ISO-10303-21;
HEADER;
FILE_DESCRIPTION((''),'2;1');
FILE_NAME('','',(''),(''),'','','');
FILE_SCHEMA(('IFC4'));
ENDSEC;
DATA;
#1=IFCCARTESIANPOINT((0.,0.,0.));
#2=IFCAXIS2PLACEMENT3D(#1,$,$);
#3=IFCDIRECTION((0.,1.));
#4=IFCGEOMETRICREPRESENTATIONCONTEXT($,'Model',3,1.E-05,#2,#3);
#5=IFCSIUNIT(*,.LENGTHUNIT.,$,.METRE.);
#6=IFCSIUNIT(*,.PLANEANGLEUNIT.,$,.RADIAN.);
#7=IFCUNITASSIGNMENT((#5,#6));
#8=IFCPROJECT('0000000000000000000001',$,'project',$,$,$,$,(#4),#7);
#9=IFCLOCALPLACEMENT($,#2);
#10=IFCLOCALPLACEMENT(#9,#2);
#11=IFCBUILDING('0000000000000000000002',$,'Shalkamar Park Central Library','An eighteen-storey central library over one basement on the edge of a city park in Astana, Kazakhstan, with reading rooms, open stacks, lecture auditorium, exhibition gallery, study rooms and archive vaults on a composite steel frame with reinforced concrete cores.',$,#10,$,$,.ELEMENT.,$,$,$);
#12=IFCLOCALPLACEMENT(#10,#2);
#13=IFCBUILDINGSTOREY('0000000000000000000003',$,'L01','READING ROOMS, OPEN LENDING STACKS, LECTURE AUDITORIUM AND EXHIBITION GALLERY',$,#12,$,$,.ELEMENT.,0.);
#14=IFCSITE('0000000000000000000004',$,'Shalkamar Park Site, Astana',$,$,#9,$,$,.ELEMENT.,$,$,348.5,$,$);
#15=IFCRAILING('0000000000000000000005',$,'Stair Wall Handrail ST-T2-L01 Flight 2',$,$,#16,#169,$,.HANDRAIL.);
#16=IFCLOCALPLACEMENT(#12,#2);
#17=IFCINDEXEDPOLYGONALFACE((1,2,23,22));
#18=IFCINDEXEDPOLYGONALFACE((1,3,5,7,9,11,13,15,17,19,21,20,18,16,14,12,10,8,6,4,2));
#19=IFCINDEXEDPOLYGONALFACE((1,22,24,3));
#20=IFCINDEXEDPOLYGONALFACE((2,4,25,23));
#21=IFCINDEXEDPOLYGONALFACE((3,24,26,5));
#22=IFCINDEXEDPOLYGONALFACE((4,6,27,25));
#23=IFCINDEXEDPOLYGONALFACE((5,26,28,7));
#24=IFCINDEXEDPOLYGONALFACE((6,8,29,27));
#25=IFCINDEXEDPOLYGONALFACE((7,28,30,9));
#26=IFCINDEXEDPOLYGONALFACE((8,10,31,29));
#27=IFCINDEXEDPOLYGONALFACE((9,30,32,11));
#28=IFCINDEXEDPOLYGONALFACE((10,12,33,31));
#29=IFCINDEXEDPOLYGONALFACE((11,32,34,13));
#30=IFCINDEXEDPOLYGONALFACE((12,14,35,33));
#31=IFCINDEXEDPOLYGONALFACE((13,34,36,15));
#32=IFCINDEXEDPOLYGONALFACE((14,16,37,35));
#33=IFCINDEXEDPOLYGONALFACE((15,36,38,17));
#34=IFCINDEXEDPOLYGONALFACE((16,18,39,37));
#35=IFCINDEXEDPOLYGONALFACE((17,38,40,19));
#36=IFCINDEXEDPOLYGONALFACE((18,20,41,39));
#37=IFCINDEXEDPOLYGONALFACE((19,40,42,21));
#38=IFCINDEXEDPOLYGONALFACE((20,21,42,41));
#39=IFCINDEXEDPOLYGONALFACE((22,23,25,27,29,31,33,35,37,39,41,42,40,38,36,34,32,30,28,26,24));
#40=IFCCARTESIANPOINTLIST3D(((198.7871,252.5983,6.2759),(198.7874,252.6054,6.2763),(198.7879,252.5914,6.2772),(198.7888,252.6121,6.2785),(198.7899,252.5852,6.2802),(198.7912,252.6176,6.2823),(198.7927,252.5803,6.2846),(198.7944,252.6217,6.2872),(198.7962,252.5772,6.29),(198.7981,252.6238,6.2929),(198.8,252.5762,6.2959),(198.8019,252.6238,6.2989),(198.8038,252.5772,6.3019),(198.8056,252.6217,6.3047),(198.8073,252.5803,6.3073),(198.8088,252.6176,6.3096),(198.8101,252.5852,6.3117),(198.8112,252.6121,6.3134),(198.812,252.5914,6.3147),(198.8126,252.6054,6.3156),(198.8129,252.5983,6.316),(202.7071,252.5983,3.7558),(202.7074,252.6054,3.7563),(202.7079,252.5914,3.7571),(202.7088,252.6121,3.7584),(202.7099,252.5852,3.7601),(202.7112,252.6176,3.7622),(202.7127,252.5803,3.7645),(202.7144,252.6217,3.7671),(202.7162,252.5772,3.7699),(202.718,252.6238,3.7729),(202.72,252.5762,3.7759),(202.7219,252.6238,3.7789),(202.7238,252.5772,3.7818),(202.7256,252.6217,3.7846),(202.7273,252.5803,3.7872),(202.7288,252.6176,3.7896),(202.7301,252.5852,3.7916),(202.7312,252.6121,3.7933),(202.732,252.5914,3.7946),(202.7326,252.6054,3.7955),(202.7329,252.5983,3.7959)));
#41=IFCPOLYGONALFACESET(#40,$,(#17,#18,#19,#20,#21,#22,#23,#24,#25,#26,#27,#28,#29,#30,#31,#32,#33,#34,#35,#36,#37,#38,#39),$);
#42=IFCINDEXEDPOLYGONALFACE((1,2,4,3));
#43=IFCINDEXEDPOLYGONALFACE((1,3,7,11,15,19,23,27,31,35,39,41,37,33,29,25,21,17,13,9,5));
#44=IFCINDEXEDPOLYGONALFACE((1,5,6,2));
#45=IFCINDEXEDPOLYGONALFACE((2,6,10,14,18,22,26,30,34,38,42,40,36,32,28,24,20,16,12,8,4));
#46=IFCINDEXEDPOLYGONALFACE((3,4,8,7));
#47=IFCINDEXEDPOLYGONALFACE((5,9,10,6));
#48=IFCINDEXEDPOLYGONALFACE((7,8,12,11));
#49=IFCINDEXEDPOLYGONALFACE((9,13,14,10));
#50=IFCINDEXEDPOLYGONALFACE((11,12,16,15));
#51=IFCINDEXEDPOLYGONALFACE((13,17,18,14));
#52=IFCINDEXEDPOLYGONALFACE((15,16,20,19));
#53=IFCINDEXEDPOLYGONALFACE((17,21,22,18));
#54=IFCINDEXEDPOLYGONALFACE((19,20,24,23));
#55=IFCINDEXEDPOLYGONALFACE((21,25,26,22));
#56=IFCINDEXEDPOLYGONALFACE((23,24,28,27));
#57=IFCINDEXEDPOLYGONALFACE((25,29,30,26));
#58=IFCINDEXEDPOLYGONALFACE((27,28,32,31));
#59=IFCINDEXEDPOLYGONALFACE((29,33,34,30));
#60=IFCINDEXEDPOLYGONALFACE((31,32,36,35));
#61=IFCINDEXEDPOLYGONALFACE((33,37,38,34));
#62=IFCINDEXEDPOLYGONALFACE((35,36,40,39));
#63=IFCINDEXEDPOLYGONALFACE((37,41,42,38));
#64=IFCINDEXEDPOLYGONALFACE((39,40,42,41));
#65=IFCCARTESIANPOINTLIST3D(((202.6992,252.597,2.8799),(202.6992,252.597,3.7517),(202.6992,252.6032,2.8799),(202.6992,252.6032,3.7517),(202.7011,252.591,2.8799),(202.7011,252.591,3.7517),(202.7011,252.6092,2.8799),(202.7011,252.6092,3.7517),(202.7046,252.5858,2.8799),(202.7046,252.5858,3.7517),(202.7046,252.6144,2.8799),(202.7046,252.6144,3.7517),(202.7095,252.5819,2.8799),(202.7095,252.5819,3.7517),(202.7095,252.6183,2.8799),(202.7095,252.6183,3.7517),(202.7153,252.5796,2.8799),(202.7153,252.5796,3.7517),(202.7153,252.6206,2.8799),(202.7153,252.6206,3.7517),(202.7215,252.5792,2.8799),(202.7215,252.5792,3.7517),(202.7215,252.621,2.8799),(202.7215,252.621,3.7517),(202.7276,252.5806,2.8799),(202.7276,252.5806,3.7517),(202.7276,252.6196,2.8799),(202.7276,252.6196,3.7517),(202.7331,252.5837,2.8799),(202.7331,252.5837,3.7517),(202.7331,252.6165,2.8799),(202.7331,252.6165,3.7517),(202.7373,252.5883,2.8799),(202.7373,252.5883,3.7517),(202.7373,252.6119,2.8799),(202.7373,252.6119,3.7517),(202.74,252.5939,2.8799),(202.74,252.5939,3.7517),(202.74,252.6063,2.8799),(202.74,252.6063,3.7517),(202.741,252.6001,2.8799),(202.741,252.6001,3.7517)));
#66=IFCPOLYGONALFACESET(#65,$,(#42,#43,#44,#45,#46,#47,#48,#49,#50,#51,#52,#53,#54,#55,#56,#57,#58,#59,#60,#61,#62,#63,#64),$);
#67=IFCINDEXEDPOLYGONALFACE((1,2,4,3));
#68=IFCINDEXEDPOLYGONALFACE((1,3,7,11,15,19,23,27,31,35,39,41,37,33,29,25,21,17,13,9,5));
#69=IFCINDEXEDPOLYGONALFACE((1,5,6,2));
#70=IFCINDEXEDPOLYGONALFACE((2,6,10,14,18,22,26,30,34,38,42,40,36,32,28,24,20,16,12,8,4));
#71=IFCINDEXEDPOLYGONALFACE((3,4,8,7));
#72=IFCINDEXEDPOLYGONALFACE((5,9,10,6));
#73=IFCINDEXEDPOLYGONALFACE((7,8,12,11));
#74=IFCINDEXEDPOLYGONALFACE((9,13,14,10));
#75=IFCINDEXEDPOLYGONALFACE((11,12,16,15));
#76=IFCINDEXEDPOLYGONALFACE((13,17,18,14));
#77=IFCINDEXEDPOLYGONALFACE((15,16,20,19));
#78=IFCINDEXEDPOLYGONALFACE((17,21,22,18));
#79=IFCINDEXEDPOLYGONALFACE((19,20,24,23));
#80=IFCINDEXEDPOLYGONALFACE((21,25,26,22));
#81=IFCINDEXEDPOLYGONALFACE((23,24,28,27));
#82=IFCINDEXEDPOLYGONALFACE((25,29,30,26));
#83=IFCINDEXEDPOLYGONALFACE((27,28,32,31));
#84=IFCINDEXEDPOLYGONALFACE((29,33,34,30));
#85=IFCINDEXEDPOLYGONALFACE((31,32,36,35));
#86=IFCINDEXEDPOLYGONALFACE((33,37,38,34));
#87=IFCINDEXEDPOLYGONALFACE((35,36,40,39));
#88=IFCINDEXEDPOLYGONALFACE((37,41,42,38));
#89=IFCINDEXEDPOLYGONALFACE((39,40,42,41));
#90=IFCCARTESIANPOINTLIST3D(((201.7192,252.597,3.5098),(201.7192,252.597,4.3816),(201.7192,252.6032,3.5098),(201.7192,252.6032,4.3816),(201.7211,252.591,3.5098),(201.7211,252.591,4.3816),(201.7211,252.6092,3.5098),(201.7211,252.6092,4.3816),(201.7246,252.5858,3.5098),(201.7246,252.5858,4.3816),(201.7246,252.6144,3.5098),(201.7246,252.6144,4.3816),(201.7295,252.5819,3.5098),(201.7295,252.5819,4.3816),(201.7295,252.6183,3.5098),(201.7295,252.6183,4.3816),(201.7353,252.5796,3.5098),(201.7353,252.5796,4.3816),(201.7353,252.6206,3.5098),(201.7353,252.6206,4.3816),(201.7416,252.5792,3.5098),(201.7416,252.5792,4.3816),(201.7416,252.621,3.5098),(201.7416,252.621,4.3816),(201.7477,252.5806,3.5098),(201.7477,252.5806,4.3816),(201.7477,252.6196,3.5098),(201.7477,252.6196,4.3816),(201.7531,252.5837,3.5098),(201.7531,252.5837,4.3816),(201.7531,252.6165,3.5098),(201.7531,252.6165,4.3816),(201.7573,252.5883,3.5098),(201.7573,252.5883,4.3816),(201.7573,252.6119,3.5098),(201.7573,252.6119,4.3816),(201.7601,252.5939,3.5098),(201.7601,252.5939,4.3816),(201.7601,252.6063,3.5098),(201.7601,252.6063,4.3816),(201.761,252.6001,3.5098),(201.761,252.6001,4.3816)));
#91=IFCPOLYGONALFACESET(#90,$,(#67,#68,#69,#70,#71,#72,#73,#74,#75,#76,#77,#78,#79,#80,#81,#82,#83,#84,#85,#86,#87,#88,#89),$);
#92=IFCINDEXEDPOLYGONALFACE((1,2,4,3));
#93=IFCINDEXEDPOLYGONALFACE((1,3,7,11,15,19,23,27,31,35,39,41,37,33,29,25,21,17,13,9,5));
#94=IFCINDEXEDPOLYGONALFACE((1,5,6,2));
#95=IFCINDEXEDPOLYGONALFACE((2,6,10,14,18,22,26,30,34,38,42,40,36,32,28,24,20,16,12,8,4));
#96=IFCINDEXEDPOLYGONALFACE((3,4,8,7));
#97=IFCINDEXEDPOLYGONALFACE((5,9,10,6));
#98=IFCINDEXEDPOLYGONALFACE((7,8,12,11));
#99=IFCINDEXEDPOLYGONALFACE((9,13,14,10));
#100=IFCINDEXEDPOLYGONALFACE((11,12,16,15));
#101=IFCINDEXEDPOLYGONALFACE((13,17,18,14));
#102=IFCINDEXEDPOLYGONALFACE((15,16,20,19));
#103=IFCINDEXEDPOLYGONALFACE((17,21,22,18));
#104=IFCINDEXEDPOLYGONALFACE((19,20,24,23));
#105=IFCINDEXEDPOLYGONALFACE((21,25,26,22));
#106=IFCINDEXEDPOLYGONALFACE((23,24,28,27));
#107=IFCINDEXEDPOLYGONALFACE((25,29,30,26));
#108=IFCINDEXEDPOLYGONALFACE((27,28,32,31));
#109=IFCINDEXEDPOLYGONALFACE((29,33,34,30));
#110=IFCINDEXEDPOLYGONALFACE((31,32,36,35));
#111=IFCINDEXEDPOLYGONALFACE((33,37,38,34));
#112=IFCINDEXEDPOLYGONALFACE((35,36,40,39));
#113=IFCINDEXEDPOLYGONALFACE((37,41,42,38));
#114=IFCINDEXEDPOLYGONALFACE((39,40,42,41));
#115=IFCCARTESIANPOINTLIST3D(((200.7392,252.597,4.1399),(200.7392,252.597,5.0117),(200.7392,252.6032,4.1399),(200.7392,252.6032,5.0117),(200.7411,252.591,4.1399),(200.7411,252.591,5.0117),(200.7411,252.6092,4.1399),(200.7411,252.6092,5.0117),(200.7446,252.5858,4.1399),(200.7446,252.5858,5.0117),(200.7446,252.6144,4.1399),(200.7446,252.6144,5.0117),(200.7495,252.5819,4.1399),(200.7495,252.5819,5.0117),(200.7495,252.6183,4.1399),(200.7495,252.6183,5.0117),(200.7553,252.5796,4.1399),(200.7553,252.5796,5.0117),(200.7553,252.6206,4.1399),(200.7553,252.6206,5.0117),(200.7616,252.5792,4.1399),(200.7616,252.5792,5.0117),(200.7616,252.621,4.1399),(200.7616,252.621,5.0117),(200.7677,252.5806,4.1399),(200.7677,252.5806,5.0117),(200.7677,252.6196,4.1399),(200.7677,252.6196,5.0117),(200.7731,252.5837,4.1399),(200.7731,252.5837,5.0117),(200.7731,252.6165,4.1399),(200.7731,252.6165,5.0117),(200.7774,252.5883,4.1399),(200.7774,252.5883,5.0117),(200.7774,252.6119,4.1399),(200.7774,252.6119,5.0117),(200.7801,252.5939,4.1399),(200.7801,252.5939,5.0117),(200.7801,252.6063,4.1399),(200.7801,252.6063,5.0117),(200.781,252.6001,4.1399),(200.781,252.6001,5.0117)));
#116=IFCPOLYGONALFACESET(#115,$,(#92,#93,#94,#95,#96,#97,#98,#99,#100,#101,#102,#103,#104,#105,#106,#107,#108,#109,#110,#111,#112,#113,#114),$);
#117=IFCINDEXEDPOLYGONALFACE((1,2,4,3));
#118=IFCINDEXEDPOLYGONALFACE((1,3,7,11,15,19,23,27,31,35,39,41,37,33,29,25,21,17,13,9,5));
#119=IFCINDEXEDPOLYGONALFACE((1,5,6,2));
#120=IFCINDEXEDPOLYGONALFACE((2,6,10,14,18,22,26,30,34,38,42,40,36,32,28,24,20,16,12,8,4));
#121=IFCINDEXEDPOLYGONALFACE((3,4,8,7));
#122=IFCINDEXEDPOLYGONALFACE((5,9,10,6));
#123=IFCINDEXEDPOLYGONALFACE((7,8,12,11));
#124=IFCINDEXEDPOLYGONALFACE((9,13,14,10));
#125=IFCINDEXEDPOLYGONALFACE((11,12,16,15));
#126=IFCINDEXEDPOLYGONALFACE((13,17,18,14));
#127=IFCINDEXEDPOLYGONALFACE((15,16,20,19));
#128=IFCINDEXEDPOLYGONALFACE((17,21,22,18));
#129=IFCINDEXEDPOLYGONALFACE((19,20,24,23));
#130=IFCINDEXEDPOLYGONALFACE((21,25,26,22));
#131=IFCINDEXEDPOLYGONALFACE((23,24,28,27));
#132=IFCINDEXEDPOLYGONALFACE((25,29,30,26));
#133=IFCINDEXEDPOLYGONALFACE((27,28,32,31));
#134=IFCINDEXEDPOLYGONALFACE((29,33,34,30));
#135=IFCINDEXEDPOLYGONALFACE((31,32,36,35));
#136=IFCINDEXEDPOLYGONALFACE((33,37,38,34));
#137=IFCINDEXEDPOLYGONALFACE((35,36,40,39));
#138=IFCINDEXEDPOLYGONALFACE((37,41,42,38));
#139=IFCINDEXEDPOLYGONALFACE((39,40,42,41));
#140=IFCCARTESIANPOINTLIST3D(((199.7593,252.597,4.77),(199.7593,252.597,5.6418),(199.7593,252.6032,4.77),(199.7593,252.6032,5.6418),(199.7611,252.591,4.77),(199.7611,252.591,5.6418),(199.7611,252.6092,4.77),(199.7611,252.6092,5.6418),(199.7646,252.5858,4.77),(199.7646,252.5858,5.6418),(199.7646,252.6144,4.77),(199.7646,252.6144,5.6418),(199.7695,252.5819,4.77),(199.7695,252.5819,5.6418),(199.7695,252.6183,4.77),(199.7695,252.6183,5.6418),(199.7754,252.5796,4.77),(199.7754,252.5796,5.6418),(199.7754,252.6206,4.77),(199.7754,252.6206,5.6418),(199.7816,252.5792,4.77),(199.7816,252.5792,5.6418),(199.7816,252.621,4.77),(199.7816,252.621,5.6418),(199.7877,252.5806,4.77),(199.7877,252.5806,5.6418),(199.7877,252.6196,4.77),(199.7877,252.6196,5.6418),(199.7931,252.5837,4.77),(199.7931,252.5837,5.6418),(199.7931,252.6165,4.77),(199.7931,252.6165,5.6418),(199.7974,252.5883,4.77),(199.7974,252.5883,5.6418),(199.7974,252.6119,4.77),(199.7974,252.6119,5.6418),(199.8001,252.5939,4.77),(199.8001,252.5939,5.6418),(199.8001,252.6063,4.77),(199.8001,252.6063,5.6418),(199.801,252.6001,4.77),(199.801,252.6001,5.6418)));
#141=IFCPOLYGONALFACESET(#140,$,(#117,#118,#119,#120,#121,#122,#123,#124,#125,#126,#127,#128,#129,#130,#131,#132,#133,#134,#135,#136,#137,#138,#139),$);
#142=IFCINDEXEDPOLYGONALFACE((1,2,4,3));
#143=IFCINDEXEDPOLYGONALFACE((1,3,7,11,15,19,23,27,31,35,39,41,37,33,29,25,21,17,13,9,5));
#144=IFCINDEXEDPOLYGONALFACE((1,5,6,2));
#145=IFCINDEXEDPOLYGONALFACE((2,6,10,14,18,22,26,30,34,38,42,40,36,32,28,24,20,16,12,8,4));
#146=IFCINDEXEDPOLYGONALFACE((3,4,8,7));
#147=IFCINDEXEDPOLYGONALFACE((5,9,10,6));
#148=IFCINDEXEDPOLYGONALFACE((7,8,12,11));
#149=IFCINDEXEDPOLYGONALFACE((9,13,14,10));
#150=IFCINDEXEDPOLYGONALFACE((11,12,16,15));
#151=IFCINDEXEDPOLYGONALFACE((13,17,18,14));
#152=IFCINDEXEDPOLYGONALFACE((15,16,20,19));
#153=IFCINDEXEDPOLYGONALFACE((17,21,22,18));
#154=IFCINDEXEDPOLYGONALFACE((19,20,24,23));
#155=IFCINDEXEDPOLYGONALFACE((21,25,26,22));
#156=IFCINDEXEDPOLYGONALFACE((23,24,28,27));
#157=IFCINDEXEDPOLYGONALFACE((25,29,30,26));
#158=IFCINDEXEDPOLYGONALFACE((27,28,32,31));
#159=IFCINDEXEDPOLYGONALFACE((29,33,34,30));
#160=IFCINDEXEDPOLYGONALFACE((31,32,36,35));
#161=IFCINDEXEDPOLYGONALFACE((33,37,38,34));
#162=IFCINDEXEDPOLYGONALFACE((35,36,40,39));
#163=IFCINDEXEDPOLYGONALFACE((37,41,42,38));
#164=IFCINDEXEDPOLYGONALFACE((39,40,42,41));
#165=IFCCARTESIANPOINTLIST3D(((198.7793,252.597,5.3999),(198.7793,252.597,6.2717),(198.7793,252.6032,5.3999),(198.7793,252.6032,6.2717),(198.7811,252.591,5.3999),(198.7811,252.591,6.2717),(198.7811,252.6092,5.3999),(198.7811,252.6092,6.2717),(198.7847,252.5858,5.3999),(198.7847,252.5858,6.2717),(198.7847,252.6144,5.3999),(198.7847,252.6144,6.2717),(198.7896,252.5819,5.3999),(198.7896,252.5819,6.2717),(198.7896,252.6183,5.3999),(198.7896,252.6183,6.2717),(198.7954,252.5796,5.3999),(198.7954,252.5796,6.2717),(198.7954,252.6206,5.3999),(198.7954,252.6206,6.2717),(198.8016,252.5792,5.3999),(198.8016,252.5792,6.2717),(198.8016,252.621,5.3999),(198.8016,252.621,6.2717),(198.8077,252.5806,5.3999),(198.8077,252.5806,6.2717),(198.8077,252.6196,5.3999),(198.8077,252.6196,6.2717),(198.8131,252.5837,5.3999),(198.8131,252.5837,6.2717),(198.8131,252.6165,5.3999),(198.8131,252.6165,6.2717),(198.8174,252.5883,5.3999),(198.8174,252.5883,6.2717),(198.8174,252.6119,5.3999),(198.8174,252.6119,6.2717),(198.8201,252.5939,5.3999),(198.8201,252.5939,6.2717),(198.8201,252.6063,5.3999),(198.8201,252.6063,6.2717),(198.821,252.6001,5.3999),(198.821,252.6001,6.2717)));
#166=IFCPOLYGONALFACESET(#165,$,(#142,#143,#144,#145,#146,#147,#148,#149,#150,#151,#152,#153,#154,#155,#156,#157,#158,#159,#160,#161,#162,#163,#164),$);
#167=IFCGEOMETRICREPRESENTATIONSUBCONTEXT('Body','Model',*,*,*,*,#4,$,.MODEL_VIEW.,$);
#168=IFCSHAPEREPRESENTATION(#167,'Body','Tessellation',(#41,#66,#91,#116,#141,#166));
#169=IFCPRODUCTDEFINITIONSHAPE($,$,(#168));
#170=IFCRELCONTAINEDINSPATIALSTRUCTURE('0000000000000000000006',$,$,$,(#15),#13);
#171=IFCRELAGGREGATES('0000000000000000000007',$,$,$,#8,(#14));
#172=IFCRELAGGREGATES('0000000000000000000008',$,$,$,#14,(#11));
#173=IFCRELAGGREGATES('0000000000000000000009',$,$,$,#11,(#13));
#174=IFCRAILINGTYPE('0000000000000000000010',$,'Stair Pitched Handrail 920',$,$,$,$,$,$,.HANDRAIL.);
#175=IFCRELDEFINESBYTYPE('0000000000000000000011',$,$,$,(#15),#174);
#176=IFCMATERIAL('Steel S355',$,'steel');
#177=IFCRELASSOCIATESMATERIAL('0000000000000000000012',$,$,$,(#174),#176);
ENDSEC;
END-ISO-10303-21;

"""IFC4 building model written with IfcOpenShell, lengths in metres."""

from ifc_helpers import new_model, si_unit, direction, frame, origin, origin_2d, place, context, subcontext, project, spatial, circle, extrude, material, type_object, element, save


model = new_model("IFC4")

# Units and contexts
model_context = context("Model", 3, precision=1e-05, world=origin(), true_north=direction((0.0, 1.0)))
body_context = subcontext(model_context, "Body", "Model", "MODEL_VIEW")
ifc_project = project(units=[si_unit("LENGTHUNIT", "METRE"), si_unit("PLANEANGLEUNIT", "RADIAN")], contexts=[model_context])

# Site, building, storey
site_placement = place(None, origin())
site = spatial("IfcSite", under=ifc_project, at=site_placement, Name="Shalkamar Park Site, Astana", CompositionType="ELEMENT", RefElevation=348.5)
building_placement = place(site_placement, origin())
building = spatial("IfcBuilding", under=site, at=building_placement, Name="Shalkamar Park Central Library", Description="An eighteen-storey central library over one basement on the edge of a city park in Astana, Kazakhstan, with reading rooms, open stacks, lecture auditorium, exhibition gallery, study rooms and archive vaults on a composite steel frame with reinforced concrete cores.", CompositionType="ELEMENT")
storey_placement = place(building_placement, origin())
storey = spatial("IfcBuildingStorey", under=building, at=storey_placement, Name="L01", Description="READING ROOMS, OPEN LENDING STACKS, LECTURE AUDITORIUM AND EXHIBITION GALLERY", CompositionType="ELEMENT", Elevation=0.0)

# Shared definitions
ifc_material_1 = material(Name="Steel S355", Category="steel")

# Railing
railing_type_1 = type_object("IfcRailingType", Name="Stair Pitched Handrail 920", PredefinedType="HANDRAIL", material=ifc_material_1)
railing_1_placement = place(storey_placement, frame((202.72, 252.6001, 2.8799)))
element("IfcRailing", 1, at=railing_1_placement, inside=storey, type_object=railing_type_1, Name="Stair Wall Handrail ST-T2-L01 Flight 2", PredefinedType="HANDRAIL", context=body_context, shape_type="SweptSolid", body=[
    extrude(circle(Radius=0.0239, at=origin_2d()), frame((0.0, 0.0, 0.896), z_axis=(-0.841172, 0.0, 0.540768), x_axis=(0.0, -1.0, 0.0)), (0.0, 0.0, 1.0), 4.6602),
    extrude(circle(Radius=0.021, at=origin_2d()), origin(), (0.0, 0.0, 1.0), 0.8718),
    extrude(circle(Radius=0.021, at=origin_2d()), frame((-0.98, 0.0, 0.6299)), (0.0, 0.0, 1.0), 0.8718),
    extrude(circle(Radius=0.021, at=origin_2d()), frame((-1.96, 0.0, 1.26)), (0.0, 0.0, 1.0), 0.8718),
    extrude(circle(Radius=0.021, at=origin_2d()), frame((-2.9399, 0.0, 1.8901)), (0.0, 0.0, 1.0), 0.8718),
    extrude(circle(Radius=0.021, at=origin_2d()), frame((-3.9199, 0.0, 2.52)), (0.0, 0.0, 1.0), 0.8718),
])

save(model, "model.ifc")
